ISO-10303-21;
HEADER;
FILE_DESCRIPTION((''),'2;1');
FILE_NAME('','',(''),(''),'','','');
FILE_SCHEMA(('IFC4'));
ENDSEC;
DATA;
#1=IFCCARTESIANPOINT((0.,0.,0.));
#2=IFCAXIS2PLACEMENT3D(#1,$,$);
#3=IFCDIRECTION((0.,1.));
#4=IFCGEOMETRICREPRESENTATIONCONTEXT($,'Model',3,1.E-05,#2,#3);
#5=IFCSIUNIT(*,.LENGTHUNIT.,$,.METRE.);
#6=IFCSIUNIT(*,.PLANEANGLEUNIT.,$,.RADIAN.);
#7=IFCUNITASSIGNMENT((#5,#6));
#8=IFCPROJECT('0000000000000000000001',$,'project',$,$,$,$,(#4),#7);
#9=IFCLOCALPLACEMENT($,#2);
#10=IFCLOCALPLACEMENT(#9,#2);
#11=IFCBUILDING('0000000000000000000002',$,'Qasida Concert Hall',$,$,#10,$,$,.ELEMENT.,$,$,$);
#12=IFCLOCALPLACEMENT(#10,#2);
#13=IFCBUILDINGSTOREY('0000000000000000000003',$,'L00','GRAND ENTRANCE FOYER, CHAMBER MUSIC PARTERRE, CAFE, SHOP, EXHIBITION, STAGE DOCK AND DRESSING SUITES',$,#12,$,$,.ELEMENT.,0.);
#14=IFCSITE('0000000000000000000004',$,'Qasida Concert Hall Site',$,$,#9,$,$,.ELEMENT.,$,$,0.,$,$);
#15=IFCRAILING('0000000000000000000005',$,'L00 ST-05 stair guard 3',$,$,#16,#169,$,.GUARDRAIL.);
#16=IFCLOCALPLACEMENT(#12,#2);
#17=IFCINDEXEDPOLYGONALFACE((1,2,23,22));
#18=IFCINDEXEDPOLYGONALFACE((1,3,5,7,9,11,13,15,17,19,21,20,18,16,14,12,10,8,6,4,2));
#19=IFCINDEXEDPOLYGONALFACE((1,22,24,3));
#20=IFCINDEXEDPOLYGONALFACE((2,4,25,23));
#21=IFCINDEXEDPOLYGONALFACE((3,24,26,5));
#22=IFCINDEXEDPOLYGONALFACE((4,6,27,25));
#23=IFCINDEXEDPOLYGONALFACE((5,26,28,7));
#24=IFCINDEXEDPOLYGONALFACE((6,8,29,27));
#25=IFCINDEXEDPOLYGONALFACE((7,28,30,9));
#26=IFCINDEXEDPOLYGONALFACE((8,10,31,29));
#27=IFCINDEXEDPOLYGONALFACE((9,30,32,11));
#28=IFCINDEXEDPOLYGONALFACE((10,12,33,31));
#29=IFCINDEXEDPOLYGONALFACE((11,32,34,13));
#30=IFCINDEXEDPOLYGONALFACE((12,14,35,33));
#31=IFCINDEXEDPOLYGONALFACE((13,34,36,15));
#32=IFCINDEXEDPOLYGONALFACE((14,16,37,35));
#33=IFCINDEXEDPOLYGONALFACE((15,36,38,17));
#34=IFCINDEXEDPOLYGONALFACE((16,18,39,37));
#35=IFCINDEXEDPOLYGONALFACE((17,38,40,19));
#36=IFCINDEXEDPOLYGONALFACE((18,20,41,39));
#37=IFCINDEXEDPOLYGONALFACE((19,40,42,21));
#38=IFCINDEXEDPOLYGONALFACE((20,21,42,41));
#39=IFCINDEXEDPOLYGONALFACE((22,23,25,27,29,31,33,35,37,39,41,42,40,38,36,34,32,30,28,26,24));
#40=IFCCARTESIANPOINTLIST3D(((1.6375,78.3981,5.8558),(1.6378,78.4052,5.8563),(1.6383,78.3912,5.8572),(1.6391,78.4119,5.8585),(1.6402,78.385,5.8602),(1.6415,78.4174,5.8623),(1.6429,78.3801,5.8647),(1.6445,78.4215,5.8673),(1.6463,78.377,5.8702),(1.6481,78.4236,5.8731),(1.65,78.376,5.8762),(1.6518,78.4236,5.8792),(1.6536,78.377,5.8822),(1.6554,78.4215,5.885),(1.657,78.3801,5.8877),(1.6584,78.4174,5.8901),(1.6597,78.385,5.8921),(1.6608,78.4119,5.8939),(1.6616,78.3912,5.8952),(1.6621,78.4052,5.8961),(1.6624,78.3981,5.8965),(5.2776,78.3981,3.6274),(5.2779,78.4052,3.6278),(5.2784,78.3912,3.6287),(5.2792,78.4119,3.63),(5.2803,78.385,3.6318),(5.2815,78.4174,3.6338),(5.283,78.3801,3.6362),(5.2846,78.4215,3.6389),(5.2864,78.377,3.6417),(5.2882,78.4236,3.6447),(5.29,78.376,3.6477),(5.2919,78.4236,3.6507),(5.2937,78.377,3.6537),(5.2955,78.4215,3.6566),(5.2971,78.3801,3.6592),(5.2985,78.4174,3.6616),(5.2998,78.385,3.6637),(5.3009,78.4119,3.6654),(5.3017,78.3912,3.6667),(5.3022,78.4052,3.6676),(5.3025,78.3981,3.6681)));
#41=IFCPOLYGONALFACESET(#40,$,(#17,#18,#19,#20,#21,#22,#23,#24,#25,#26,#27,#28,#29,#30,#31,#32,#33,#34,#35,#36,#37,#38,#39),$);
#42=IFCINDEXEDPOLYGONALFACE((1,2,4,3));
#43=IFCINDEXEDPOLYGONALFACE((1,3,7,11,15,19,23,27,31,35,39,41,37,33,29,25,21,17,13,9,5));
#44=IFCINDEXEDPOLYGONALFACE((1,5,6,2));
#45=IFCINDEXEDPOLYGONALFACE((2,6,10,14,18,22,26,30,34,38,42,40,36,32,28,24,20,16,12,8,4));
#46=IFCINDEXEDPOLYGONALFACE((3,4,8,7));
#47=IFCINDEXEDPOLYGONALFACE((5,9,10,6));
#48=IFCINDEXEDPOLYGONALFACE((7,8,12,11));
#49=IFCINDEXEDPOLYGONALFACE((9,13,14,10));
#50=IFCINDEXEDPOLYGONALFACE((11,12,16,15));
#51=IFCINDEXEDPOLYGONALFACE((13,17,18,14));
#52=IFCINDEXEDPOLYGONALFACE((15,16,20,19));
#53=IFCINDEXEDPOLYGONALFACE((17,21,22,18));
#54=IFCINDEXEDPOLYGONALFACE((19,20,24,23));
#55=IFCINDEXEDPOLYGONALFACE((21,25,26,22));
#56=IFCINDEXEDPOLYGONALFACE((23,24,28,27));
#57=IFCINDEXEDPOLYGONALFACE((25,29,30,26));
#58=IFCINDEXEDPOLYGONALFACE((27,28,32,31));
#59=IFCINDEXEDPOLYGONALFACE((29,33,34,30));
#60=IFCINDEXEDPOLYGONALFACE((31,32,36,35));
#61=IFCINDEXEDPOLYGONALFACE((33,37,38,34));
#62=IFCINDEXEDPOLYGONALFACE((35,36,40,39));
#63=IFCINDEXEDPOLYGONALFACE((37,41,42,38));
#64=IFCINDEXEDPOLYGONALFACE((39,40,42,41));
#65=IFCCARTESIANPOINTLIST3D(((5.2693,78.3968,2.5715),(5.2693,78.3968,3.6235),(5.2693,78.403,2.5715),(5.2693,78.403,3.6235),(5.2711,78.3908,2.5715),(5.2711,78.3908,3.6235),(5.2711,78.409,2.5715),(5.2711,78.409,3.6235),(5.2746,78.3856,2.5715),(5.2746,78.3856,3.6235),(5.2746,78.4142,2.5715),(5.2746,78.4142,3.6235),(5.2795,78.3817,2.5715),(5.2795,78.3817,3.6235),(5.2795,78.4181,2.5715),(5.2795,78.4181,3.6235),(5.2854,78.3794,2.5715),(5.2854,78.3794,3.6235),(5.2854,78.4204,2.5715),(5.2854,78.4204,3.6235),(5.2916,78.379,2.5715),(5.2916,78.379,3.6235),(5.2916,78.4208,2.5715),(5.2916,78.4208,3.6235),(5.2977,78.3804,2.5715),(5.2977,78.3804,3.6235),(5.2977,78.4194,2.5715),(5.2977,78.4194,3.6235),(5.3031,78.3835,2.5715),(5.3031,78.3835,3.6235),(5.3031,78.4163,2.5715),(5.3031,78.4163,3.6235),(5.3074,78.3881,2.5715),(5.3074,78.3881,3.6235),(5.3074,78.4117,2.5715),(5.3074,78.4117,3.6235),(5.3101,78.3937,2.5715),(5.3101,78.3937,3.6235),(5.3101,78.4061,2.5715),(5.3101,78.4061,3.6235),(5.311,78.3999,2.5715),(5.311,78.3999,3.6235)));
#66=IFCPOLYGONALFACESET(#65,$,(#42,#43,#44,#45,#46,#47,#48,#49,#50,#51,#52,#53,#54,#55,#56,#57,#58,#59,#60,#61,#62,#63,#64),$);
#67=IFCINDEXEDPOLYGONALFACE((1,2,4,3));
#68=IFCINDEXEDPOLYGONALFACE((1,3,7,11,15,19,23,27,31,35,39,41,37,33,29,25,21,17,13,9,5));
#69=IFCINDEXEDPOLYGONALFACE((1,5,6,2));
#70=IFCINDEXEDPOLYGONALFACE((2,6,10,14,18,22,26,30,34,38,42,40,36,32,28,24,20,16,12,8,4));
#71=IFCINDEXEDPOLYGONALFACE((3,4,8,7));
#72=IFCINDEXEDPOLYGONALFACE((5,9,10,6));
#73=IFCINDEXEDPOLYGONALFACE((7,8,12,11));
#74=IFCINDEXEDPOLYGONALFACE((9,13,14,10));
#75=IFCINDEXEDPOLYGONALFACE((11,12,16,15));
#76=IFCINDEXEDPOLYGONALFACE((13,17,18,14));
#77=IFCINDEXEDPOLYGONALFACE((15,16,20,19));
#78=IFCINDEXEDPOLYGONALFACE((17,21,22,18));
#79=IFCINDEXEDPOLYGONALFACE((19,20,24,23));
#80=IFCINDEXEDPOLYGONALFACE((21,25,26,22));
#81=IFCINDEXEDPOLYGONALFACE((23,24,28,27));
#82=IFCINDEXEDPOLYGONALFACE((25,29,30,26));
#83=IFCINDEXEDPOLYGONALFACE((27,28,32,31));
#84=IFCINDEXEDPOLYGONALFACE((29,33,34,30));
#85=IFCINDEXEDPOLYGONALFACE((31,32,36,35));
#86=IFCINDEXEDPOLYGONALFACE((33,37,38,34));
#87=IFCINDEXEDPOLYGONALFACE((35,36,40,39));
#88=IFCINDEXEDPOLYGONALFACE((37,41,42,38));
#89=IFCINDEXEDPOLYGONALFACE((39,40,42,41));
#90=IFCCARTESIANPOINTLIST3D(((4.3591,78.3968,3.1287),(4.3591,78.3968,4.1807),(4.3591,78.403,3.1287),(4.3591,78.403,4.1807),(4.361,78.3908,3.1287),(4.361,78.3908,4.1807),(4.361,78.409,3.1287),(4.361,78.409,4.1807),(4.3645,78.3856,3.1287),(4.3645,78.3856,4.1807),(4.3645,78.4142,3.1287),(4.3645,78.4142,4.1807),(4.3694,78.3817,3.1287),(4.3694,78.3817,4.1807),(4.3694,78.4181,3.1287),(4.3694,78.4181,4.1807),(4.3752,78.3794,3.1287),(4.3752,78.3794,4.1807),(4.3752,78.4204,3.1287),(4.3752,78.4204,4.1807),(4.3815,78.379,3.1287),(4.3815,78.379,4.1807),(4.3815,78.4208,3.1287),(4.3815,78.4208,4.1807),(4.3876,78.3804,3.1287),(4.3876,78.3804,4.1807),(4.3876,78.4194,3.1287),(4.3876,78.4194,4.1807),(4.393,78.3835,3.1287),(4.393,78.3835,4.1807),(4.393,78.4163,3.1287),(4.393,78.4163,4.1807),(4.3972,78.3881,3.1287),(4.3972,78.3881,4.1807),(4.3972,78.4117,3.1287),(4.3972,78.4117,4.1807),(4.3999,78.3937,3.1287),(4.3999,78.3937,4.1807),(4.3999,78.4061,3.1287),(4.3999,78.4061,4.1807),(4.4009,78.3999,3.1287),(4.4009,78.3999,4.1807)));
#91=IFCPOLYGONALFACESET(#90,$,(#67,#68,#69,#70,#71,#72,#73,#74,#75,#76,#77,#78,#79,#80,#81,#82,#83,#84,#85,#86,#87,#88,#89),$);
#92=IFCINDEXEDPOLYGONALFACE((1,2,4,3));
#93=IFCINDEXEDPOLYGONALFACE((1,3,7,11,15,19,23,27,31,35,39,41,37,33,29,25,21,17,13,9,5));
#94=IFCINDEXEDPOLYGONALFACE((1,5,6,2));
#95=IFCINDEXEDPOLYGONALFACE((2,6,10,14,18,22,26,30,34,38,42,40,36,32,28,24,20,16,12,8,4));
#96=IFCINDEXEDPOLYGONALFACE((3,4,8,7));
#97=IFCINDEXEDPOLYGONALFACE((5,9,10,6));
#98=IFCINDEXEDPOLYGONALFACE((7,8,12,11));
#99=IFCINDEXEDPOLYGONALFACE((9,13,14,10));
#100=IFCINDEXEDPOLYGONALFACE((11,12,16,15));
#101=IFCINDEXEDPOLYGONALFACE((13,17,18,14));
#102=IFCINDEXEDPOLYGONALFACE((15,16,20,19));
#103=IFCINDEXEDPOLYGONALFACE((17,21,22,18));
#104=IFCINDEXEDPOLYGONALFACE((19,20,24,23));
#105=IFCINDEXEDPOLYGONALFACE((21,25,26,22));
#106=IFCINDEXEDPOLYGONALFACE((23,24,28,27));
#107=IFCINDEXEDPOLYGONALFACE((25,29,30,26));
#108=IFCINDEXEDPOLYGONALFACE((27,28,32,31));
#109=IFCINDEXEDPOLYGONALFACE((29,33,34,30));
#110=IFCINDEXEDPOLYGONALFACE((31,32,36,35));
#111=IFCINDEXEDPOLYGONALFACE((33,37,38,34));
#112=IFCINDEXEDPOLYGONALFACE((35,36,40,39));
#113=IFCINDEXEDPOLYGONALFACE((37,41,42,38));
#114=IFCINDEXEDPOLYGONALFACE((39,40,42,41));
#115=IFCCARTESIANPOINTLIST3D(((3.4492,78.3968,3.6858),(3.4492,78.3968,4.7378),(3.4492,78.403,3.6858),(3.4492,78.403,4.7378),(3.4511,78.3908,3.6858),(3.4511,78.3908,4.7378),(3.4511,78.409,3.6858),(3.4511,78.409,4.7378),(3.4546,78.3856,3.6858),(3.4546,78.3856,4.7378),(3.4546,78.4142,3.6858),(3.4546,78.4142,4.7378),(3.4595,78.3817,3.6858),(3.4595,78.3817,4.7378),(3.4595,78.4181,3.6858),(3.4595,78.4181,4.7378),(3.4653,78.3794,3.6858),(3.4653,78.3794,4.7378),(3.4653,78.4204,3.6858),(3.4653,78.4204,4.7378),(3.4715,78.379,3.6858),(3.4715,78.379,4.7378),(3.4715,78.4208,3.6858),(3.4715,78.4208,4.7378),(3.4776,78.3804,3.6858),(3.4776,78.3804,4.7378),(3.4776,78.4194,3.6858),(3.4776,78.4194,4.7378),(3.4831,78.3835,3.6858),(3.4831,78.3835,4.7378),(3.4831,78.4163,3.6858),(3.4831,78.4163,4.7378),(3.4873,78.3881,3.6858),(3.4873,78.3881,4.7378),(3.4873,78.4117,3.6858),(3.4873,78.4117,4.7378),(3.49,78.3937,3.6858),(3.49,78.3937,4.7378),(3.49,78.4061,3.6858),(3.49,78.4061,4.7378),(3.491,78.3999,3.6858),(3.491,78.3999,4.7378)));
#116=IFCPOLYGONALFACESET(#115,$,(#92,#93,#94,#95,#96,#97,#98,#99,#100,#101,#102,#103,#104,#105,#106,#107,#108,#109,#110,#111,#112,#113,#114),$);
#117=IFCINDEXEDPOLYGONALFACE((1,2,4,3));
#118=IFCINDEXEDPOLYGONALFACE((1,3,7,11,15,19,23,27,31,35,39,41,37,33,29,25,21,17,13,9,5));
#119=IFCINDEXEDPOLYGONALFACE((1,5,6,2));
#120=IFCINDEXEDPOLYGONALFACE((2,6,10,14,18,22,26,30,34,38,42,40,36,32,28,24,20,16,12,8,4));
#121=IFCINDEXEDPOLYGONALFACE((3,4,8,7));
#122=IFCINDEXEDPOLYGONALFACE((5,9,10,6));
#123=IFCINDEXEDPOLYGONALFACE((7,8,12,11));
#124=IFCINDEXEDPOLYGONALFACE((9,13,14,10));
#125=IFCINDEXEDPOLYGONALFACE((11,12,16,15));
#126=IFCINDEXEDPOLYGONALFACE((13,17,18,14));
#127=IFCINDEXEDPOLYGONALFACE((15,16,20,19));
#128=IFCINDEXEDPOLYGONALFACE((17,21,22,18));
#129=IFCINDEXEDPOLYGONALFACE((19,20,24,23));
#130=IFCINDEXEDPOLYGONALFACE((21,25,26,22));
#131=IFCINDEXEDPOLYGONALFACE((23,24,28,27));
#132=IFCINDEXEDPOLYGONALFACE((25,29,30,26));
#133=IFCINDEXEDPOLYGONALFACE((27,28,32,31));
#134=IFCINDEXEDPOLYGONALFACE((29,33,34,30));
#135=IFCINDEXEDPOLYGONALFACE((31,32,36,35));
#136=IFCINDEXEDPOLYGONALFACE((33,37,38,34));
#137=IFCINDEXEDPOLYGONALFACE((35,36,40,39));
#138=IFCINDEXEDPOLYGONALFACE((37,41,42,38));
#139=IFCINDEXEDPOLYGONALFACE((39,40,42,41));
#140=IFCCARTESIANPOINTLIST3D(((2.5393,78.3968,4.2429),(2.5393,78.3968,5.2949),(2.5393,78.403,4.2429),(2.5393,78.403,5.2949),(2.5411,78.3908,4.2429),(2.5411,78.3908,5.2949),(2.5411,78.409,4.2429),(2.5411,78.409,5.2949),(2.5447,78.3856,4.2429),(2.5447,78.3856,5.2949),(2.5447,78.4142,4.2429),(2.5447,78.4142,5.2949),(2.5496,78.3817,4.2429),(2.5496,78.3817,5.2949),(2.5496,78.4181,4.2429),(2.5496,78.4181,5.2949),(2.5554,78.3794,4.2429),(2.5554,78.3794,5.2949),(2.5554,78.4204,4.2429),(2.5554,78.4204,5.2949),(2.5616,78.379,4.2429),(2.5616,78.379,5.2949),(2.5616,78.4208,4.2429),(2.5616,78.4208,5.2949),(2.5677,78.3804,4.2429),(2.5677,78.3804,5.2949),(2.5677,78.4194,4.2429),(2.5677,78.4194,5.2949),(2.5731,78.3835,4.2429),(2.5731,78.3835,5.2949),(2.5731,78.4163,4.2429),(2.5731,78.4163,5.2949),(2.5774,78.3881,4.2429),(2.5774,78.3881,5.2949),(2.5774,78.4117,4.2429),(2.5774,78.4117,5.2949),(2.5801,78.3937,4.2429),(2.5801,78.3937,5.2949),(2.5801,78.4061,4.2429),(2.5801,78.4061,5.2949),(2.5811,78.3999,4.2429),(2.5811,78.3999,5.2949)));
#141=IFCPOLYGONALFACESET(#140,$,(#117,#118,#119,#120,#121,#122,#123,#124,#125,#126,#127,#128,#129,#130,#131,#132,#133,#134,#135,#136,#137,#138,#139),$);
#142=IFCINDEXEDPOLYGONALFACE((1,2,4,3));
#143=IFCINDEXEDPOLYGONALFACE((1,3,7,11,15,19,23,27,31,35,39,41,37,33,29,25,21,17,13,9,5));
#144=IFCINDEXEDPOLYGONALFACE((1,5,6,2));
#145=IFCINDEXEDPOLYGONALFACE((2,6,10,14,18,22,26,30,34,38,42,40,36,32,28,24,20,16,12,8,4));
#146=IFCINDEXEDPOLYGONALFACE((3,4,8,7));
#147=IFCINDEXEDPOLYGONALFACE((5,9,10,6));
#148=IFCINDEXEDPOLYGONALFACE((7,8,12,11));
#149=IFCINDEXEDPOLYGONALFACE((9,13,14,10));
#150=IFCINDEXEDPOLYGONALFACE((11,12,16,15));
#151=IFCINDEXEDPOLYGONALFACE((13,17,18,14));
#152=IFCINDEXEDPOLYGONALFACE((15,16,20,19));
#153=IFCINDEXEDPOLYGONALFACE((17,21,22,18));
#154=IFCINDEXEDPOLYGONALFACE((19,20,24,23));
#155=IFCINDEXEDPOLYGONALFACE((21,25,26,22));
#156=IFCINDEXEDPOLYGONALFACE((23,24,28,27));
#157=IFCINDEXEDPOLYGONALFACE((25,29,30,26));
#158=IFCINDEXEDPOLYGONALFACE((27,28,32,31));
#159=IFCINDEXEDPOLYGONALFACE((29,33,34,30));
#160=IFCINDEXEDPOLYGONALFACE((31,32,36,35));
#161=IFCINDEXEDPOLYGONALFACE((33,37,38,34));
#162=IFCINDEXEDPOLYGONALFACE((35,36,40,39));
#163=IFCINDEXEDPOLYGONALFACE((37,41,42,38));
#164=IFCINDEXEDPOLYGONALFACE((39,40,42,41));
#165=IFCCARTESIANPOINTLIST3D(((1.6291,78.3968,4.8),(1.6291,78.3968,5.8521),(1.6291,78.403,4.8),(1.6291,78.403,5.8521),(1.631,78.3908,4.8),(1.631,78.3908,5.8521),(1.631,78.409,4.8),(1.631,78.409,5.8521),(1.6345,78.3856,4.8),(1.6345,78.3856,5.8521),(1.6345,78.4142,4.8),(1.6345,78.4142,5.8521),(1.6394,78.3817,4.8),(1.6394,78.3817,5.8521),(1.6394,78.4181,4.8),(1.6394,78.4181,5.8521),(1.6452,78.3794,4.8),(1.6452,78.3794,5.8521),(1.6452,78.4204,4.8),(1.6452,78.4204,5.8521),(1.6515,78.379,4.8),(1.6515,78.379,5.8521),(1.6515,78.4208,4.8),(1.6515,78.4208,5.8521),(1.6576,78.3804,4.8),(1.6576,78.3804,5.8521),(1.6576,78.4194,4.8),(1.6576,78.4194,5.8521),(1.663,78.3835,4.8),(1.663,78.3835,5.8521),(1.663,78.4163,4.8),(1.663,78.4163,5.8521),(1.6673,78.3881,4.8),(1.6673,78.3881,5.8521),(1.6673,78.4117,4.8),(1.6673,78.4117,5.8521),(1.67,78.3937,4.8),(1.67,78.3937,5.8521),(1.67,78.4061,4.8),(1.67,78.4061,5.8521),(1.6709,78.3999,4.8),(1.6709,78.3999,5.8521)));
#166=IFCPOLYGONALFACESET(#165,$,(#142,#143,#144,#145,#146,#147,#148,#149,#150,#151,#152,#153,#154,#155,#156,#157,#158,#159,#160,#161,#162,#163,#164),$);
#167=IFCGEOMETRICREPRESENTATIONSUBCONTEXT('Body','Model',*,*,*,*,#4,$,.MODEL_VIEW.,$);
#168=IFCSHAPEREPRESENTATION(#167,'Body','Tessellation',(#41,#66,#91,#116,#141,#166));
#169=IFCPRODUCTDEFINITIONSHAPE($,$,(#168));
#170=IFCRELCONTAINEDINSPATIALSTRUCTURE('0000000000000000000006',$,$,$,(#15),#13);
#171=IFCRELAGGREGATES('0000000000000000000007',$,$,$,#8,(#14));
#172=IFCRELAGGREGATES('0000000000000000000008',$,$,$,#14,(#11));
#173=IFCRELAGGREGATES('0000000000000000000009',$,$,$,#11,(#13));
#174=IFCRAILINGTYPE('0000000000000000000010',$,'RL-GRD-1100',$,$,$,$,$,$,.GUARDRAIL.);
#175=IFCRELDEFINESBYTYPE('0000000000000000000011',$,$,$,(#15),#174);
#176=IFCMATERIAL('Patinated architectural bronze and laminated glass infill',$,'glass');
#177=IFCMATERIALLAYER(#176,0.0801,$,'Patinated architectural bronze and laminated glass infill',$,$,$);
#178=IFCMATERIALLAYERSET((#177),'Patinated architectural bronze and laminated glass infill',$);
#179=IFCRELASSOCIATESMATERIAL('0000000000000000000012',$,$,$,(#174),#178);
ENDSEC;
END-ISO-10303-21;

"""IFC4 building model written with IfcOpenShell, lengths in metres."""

from ifc_helpers import new_model, si_unit, direction, frame, origin, origin_2d, place, context, subcontext, project, spatial, circle, extrude, material, layer, layer_set, type_object, element, save


model = new_model("IFC4")

# Units and contexts
model_context = context("Model", 3, precision=1e-05, world=origin(), true_north=direction((0.0, 1.0)))
body_context = subcontext(model_context, "Body", "Model", "MODEL_VIEW")
ifc_project = project(units=[si_unit("LENGTHUNIT", "METRE"), si_unit("PLANEANGLEUNIT", "RADIAN")], contexts=[model_context])

# Site, building, storey
site_placement = place(None, origin())
site = spatial("IfcSite", under=ifc_project, at=site_placement, Name="Qasida Concert Hall Site", CompositionType="ELEMENT", RefElevation=0.0)
building_placement = place(site_placement, origin())
building = spatial("IfcBuilding", under=site, at=building_placement, Name="Qasida Concert Hall", CompositionType="ELEMENT")
storey_placement = place(building_placement, origin())
storey = spatial("IfcBuildingStorey", under=building, at=storey_placement, Name="L00", Description="GRAND ENTRANCE FOYER, CHAMBER MUSIC PARTERRE, CAFE, SHOP, EXHIBITION, STAGE DOCK AND DRESSING SUITES", CompositionType="ELEMENT", Elevation=0.0)

# Railing
ifc_material_1 = material(Name="Patinated architectural bronze and laminated glass infill", Category="glass")
ifc_layer_1 = layer(ifc_material_1, 0.0801, Name="Patinated architectural bronze and laminated glass infill")
ifc_layer_set_1 = layer_set([ifc_layer_1], Name="Patinated architectural bronze and laminated glass infill")
railing_type_1 = type_object("IfcRailingType", Name="RL-GRD-1100", PredefinedType="GUARDRAIL", material=ifc_layer_set_1)
railing_1_placement = place(storey_placement, frame((5.29, 78.3999, 2.5715)))
element("IfcRailing", 1, at=railing_1_placement, inside=storey, type_object=railing_type_1, Name="L00 ST-05 stair guard 3", PredefinedType="GUARDRAIL", context=body_context, shape_type="SweptSolid", body=[
    extrude(circle(Radius=0.0239, at=origin_2d()), frame((0.0, 0.0, 1.0762), z_axis=(-0.852866, 0.0, 0.52213), x_axis=(0.0, -1.0, 0.0)), (0.0, 0.0, 1.0), 4.2681),
    extrude(circle(Radius=0.021, at=origin_2d()), origin(), (0.0, 0.0, 1.0), 1.052),
    extrude(circle(Radius=0.021, at=origin_2d()), frame((-0.9102, 0.0, 0.5571)), (0.0, 0.0, 1.0), 1.052),
    extrude(circle(Radius=0.021, at=origin_2d()), frame((-1.8201, 0.0, 1.1143)), (0.0, 0.0, 1.0), 1.052),
    extrude(circle(Radius=0.021, at=origin_2d()), frame((-2.73, 0.0, 1.6714)), (0.0, 0.0, 1.0), 1.052),
    extrude(circle(Radius=0.021, at=origin_2d()), frame((-3.6401, 0.0, 2.2285)), (0.0, 0.0, 1.0), 1.052),
])

save(model, "model.ifc")
